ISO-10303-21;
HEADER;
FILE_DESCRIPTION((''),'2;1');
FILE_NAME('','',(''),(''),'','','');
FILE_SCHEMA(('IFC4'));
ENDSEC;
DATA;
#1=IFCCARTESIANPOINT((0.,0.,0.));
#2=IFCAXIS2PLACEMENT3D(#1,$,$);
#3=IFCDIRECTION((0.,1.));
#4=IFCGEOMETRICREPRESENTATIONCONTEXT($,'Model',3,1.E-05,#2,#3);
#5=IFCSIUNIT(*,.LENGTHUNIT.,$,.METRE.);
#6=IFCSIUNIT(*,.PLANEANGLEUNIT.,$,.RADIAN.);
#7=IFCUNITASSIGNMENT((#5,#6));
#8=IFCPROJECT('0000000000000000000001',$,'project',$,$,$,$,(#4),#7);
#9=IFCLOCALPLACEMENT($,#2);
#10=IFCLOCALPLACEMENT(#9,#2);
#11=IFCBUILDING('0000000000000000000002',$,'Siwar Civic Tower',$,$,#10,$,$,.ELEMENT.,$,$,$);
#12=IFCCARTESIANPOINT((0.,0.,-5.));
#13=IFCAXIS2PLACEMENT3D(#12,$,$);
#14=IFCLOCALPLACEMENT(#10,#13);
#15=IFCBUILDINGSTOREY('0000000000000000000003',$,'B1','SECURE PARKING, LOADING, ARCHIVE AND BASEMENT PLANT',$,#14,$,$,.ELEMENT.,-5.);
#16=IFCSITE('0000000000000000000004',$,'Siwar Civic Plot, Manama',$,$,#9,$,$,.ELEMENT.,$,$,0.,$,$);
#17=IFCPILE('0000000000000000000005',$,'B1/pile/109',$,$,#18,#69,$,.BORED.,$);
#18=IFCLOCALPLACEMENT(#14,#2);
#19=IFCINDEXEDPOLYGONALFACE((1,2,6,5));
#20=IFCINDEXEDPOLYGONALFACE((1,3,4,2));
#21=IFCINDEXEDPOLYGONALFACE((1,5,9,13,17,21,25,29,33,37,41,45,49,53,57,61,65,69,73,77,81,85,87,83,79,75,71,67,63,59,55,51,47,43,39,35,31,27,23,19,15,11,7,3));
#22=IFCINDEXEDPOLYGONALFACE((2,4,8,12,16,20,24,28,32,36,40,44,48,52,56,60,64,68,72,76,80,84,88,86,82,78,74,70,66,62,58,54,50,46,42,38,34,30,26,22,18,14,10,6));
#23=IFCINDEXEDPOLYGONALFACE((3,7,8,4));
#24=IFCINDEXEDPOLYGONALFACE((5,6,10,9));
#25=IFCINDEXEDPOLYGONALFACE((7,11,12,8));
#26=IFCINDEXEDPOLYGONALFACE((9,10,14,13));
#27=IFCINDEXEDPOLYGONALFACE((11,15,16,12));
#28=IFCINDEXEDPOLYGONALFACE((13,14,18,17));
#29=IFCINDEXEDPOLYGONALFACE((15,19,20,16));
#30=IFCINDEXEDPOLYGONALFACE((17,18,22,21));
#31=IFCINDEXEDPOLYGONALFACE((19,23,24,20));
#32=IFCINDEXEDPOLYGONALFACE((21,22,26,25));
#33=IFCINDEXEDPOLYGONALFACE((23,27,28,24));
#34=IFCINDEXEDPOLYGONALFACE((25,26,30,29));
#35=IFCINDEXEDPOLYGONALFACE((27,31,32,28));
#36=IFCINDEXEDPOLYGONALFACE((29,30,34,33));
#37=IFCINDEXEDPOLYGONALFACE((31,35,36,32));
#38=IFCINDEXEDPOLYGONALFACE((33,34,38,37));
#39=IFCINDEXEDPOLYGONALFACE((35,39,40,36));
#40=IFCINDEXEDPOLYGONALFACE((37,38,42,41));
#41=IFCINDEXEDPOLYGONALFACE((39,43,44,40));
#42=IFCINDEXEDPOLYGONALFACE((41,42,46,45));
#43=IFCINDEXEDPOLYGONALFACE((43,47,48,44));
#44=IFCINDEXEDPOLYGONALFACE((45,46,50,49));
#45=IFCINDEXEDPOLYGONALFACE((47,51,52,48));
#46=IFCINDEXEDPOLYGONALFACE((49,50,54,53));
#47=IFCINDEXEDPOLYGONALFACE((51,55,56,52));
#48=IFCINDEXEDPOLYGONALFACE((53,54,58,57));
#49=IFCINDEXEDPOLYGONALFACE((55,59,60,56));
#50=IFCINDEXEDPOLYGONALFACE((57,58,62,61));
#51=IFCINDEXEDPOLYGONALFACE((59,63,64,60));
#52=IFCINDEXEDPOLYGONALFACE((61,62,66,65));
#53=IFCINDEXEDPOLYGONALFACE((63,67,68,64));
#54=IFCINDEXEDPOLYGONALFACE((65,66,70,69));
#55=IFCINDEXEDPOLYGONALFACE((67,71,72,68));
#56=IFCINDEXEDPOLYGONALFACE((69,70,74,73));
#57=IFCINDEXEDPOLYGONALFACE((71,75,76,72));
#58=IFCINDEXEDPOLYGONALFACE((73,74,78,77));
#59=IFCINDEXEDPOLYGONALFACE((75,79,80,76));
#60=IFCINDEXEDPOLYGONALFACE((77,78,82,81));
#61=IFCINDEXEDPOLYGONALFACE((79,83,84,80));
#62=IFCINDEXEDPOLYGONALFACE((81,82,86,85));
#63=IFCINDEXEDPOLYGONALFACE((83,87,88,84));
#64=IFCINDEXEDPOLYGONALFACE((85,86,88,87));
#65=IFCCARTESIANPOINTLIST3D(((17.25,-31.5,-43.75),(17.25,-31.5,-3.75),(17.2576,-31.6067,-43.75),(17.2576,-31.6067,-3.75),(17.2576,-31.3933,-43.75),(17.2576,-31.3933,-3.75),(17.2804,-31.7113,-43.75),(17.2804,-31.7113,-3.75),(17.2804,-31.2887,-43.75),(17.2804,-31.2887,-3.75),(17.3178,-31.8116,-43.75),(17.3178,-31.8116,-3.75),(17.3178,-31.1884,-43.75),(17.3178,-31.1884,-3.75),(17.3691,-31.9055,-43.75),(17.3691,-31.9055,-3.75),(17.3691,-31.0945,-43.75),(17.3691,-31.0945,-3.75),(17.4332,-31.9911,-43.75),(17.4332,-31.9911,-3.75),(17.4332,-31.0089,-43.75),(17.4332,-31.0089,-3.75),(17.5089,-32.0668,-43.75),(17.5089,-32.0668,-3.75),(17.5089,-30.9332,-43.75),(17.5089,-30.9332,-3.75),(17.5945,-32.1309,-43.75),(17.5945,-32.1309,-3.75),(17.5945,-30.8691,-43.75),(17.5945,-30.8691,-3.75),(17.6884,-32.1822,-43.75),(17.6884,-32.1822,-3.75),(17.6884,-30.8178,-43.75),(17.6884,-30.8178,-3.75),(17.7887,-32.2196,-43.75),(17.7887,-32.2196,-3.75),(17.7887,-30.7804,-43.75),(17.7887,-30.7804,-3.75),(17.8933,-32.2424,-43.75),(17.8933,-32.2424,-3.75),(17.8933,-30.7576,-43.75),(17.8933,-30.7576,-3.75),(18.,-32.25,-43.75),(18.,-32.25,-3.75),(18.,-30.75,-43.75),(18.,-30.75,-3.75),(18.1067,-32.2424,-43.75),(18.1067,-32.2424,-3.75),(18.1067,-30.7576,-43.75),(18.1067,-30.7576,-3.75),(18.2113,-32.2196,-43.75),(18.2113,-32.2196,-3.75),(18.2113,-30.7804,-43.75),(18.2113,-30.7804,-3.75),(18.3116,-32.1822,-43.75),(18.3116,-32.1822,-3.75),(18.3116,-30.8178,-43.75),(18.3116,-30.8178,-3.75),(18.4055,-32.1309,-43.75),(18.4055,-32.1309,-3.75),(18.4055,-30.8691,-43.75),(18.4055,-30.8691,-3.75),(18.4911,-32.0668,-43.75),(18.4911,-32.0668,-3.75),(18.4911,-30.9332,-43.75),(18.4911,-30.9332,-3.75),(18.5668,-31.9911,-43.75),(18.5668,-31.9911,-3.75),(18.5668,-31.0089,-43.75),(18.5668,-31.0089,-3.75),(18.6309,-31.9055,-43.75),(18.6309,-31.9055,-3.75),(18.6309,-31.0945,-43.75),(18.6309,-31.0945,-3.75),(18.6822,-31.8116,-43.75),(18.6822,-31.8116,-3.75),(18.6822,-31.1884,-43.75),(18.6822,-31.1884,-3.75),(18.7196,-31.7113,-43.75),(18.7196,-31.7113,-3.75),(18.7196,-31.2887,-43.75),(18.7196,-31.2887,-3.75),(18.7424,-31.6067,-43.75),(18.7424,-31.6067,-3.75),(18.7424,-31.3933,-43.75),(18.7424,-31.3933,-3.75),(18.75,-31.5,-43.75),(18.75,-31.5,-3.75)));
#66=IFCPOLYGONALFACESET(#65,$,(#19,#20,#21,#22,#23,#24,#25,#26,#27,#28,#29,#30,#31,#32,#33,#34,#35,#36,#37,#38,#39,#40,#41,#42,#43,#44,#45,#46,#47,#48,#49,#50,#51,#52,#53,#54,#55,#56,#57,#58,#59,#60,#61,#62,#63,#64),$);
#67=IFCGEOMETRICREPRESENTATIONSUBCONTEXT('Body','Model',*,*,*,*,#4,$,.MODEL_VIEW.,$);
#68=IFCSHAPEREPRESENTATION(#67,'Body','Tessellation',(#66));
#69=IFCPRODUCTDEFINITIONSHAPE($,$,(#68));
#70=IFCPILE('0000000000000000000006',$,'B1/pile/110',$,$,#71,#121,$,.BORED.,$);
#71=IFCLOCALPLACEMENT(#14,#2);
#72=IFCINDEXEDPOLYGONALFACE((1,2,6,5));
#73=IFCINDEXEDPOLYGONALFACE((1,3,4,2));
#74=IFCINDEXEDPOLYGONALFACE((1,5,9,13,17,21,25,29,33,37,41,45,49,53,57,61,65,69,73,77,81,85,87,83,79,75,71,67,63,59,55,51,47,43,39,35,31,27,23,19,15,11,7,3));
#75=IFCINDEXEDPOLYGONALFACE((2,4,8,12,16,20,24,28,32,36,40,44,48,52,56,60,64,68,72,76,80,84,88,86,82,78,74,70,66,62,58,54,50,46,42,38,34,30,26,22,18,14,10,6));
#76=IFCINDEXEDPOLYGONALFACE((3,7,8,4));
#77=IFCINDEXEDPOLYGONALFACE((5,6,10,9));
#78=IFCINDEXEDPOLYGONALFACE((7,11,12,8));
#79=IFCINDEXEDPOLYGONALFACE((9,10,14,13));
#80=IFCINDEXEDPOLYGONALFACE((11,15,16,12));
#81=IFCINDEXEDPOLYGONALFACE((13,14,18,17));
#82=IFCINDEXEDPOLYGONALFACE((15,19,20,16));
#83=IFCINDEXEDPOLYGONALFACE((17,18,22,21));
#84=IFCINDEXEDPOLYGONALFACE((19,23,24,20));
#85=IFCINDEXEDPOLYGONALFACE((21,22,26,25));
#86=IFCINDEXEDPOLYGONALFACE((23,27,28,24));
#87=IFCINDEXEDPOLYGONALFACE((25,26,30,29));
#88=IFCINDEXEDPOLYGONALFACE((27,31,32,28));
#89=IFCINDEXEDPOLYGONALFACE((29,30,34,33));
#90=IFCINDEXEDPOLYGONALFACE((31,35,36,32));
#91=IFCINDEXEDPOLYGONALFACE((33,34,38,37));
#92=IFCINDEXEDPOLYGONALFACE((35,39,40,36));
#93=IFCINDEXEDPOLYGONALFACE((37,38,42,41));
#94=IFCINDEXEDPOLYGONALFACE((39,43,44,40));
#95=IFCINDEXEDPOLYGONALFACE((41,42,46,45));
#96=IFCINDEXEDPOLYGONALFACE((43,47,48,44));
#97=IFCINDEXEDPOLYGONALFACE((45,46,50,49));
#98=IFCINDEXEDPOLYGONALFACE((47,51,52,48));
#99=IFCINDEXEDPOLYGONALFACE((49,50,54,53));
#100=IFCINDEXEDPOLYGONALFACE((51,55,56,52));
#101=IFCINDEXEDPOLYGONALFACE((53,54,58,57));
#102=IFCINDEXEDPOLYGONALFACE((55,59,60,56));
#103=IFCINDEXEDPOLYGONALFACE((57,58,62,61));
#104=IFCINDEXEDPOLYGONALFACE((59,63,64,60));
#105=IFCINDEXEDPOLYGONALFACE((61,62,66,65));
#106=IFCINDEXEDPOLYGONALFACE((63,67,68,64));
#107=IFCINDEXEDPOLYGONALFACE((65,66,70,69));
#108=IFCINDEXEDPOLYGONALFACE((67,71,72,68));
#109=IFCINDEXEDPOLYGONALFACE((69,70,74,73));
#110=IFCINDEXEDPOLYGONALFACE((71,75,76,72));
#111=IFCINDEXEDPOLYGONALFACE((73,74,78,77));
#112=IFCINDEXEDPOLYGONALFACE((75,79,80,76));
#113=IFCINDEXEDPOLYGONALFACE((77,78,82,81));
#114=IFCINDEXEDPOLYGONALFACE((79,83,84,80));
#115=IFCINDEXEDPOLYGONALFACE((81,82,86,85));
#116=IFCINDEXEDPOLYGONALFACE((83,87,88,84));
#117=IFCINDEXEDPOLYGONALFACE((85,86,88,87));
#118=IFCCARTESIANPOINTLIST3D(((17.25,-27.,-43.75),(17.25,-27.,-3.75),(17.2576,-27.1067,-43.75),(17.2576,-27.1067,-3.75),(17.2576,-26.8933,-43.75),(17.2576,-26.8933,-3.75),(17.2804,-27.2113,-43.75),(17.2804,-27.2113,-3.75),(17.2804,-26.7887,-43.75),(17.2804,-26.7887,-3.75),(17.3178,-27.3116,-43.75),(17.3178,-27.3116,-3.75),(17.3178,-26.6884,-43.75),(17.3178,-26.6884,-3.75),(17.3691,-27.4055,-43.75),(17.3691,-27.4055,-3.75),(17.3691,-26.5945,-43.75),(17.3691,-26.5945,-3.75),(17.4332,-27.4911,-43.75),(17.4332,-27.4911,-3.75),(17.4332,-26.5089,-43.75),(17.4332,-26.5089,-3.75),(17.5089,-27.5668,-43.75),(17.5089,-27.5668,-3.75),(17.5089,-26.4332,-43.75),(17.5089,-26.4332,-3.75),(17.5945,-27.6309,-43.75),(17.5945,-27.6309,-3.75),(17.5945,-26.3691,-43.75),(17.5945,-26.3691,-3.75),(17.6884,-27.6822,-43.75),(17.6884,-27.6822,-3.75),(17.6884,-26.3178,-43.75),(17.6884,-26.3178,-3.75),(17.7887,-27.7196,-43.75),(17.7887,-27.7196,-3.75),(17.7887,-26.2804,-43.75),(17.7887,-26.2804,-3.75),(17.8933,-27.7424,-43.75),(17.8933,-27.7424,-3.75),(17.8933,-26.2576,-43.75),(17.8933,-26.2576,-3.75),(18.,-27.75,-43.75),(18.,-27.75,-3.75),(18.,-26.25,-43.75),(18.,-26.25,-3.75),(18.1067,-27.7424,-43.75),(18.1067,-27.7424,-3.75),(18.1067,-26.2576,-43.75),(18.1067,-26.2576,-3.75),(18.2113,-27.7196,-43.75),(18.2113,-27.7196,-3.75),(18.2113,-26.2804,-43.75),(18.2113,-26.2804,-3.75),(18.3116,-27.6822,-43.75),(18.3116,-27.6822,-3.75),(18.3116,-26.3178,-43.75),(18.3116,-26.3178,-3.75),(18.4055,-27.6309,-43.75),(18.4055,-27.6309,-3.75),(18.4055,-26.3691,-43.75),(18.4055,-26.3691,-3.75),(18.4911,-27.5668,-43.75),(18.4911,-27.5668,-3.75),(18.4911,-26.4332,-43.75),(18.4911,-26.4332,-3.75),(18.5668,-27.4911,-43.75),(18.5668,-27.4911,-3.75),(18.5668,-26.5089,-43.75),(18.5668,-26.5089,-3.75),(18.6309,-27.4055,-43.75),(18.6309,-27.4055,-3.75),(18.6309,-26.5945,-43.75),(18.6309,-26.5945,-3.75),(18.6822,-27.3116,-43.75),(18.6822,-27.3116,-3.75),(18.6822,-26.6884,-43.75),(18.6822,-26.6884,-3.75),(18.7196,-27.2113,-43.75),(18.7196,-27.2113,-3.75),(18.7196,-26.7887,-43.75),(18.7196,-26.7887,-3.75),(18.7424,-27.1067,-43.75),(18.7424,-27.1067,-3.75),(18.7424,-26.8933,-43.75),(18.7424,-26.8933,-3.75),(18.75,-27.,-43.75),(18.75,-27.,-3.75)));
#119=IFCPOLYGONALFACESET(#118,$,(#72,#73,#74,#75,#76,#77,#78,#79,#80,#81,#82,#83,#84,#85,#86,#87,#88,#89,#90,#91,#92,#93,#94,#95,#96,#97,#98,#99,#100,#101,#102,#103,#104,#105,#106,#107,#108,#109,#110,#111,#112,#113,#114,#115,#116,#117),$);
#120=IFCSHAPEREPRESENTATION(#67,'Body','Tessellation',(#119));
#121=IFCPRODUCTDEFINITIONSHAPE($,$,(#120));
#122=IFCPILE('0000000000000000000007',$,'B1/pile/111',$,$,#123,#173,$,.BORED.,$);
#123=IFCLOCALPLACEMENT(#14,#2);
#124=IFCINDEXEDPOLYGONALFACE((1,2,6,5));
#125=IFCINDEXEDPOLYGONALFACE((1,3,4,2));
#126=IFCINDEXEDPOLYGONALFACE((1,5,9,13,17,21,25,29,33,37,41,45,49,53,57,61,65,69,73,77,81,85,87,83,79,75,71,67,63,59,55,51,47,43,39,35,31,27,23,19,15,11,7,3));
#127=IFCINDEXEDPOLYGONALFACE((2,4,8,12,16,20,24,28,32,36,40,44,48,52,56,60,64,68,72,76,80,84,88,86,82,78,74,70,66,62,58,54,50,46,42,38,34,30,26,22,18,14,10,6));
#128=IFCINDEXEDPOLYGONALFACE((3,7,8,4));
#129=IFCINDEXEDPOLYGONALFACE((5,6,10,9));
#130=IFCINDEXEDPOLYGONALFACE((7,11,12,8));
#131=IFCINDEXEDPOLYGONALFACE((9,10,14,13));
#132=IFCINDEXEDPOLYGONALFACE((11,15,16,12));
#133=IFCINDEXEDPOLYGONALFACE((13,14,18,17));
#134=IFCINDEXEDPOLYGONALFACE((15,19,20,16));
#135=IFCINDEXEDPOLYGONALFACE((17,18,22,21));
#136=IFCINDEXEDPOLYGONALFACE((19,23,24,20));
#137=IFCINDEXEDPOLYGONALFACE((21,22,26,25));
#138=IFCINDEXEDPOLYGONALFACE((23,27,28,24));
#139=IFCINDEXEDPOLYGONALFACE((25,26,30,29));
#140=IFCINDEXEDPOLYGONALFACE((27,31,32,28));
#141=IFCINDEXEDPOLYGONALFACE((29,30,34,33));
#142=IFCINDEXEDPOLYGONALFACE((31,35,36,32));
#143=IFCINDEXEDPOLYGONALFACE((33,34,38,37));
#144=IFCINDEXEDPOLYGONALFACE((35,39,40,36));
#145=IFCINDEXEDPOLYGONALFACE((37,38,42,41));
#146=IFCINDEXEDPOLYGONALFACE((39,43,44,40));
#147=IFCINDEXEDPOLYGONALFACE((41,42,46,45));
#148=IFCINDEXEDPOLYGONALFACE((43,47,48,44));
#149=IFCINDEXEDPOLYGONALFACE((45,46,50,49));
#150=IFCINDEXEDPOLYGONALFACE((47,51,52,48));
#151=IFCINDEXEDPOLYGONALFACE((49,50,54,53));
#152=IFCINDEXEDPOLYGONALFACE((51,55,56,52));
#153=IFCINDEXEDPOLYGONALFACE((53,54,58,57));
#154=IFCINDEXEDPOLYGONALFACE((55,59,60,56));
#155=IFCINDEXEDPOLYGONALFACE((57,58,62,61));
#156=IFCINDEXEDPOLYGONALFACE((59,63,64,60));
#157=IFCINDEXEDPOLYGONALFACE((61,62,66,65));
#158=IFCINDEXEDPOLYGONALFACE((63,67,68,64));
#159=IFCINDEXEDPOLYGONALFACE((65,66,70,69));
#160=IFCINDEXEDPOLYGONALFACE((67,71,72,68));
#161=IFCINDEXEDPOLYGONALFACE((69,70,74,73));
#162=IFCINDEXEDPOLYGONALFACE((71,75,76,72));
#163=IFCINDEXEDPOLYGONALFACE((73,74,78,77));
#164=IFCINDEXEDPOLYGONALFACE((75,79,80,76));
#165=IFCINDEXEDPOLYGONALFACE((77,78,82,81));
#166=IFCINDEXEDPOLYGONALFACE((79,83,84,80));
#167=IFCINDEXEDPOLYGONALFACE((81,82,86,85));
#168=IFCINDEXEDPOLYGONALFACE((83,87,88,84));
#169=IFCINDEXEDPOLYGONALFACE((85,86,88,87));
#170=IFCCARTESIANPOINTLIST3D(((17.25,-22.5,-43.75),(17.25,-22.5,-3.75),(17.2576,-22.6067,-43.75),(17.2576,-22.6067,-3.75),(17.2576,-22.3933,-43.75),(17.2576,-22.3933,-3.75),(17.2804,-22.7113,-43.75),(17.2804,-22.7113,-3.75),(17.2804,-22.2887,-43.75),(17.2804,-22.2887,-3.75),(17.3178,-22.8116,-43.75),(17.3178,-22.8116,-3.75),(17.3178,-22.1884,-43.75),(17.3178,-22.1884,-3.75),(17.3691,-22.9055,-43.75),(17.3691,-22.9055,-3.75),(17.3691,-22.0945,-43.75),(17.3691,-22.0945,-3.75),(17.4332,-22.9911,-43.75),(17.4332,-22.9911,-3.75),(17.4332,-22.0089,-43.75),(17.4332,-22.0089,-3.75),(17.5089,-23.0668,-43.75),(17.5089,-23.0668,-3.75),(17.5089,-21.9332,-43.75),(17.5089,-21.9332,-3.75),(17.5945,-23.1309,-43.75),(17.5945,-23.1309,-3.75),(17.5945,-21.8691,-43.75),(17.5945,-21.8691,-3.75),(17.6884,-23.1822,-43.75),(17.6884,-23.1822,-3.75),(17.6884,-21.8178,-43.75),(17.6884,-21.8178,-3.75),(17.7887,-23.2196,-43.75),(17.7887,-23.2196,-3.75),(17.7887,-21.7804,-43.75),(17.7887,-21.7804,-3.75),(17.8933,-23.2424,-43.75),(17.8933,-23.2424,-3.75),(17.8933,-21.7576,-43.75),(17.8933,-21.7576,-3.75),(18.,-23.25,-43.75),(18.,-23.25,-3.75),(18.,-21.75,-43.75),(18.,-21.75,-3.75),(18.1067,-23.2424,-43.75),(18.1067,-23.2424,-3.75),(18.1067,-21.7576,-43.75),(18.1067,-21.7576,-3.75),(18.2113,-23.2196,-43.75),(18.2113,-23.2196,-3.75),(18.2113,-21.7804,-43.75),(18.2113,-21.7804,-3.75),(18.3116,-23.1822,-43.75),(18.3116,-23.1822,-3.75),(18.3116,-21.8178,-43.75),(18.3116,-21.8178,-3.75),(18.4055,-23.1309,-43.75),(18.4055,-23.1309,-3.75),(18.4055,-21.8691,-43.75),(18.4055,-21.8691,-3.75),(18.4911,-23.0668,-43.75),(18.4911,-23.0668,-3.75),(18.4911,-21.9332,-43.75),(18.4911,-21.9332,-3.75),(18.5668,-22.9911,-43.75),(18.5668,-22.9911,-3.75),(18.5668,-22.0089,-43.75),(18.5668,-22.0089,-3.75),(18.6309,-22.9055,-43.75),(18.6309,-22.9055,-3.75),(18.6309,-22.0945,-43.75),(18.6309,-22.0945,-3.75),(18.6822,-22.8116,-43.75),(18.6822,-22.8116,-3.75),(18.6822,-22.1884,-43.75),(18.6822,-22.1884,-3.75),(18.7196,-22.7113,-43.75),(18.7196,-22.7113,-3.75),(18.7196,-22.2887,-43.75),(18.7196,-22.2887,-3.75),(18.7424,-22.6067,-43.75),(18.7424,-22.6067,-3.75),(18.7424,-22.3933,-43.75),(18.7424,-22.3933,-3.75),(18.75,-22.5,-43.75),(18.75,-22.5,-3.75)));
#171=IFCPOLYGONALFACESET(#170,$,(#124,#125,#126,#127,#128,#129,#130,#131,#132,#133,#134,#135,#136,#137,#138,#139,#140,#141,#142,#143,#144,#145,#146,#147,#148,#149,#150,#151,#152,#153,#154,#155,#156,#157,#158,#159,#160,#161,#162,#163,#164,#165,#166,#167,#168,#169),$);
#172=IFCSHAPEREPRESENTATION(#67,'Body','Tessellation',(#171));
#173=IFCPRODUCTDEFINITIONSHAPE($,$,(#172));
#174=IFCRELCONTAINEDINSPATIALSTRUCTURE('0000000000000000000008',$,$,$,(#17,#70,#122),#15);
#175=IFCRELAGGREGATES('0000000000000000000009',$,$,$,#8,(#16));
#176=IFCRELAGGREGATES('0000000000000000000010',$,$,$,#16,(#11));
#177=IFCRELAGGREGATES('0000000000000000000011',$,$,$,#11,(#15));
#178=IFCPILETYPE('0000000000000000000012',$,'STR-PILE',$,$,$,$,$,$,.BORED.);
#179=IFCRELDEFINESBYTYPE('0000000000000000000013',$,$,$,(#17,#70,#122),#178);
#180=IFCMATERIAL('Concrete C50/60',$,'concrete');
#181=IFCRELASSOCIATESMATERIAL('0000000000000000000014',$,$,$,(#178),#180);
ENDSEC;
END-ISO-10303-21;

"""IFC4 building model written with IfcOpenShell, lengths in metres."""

from ifc_helpers import new_model, si_unit, direction, frame, origin, origin_2d, place, context, subcontext, project, spatial, circle, extrude, material, material_profile, profile_set, type_object, element, save


model = new_model("IFC4")

# Units and contexts
model_context = context("Model", 3, precision=1e-05, world=origin(), true_north=direction((0.0, 1.0)))
body_context = subcontext(model_context, "Body", "Model", "MODEL_VIEW")
ifc_project = project(units=[si_unit("LENGTHUNIT", "METRE"), si_unit("PLANEANGLEUNIT", "RADIAN")], contexts=[model_context])

# Site, building, storey
site_placement = place(None, origin())
site = spatial("IfcSite", under=ifc_project, at=site_placement, Name="Siwar Civic Plot, Manama", CompositionType="ELEMENT", RefElevation=0.0)
building_placement = place(site_placement, origin())
building = spatial("IfcBuilding", under=site, at=building_placement, Name="Siwar Civic Tower", CompositionType="ELEMENT")
storey_placement = place(building_placement, frame((0.0, 0.0, -5.0)))
storey = spatial("IfcBuildingStorey", under=building, at=storey_placement, Name="B1", Description="SECURE PARKING, LOADING, ARCHIVE AND BASEMENT PLANT", CompositionType="ELEMENT", Elevation=-5.0)

# Piles
ifc_material_1 = material(Name="Concrete C50/60", Category="concrete")
ifc_material_profile_1 = material_profile(ifc_material_1, circle(Radius=0.75, at=origin_2d()), Name="PILE1500")
ifc_profile_set_1 = profile_set([ifc_material_profile_1], Name="Concrete C50/60")
pile_type = type_object("IfcPileType", Name="STR-PILE", PredefinedType="BORED", material=ifc_profile_set_1)
for number, where, z_axis, x_axis, name in (
    (1, (18.0, -31.5, -3.75), (0.0, 0.0, -1.0), (1.0, 0.0, 0.0), "B1/pile/109"),
    (2, (18.0, -27.0, -3.75), (0.0, 0.0, -1.0), (1.0, 0.0, 0.0), "B1/pile/110"),
    (3, (18.0, -22.5, -3.75), (0.0, 0.0, -1.0), (1.0, 0.0, 0.0), "B1/pile/111"),
):
    element("IfcPile", number, at=place(storey_placement, frame(where, z_axis=z_axis, x_axis=x_axis)), inside=storey, type_object=pile_type, Name=name, PredefinedType="BORED", context=body_context, shape_type="SweptSolid", body=[
        extrude(circle(Radius=0.75, at=origin_2d()), origin(), (0.0, 0.0, 1.0), 40.0),
    ])

save(model, "model.ifc")
